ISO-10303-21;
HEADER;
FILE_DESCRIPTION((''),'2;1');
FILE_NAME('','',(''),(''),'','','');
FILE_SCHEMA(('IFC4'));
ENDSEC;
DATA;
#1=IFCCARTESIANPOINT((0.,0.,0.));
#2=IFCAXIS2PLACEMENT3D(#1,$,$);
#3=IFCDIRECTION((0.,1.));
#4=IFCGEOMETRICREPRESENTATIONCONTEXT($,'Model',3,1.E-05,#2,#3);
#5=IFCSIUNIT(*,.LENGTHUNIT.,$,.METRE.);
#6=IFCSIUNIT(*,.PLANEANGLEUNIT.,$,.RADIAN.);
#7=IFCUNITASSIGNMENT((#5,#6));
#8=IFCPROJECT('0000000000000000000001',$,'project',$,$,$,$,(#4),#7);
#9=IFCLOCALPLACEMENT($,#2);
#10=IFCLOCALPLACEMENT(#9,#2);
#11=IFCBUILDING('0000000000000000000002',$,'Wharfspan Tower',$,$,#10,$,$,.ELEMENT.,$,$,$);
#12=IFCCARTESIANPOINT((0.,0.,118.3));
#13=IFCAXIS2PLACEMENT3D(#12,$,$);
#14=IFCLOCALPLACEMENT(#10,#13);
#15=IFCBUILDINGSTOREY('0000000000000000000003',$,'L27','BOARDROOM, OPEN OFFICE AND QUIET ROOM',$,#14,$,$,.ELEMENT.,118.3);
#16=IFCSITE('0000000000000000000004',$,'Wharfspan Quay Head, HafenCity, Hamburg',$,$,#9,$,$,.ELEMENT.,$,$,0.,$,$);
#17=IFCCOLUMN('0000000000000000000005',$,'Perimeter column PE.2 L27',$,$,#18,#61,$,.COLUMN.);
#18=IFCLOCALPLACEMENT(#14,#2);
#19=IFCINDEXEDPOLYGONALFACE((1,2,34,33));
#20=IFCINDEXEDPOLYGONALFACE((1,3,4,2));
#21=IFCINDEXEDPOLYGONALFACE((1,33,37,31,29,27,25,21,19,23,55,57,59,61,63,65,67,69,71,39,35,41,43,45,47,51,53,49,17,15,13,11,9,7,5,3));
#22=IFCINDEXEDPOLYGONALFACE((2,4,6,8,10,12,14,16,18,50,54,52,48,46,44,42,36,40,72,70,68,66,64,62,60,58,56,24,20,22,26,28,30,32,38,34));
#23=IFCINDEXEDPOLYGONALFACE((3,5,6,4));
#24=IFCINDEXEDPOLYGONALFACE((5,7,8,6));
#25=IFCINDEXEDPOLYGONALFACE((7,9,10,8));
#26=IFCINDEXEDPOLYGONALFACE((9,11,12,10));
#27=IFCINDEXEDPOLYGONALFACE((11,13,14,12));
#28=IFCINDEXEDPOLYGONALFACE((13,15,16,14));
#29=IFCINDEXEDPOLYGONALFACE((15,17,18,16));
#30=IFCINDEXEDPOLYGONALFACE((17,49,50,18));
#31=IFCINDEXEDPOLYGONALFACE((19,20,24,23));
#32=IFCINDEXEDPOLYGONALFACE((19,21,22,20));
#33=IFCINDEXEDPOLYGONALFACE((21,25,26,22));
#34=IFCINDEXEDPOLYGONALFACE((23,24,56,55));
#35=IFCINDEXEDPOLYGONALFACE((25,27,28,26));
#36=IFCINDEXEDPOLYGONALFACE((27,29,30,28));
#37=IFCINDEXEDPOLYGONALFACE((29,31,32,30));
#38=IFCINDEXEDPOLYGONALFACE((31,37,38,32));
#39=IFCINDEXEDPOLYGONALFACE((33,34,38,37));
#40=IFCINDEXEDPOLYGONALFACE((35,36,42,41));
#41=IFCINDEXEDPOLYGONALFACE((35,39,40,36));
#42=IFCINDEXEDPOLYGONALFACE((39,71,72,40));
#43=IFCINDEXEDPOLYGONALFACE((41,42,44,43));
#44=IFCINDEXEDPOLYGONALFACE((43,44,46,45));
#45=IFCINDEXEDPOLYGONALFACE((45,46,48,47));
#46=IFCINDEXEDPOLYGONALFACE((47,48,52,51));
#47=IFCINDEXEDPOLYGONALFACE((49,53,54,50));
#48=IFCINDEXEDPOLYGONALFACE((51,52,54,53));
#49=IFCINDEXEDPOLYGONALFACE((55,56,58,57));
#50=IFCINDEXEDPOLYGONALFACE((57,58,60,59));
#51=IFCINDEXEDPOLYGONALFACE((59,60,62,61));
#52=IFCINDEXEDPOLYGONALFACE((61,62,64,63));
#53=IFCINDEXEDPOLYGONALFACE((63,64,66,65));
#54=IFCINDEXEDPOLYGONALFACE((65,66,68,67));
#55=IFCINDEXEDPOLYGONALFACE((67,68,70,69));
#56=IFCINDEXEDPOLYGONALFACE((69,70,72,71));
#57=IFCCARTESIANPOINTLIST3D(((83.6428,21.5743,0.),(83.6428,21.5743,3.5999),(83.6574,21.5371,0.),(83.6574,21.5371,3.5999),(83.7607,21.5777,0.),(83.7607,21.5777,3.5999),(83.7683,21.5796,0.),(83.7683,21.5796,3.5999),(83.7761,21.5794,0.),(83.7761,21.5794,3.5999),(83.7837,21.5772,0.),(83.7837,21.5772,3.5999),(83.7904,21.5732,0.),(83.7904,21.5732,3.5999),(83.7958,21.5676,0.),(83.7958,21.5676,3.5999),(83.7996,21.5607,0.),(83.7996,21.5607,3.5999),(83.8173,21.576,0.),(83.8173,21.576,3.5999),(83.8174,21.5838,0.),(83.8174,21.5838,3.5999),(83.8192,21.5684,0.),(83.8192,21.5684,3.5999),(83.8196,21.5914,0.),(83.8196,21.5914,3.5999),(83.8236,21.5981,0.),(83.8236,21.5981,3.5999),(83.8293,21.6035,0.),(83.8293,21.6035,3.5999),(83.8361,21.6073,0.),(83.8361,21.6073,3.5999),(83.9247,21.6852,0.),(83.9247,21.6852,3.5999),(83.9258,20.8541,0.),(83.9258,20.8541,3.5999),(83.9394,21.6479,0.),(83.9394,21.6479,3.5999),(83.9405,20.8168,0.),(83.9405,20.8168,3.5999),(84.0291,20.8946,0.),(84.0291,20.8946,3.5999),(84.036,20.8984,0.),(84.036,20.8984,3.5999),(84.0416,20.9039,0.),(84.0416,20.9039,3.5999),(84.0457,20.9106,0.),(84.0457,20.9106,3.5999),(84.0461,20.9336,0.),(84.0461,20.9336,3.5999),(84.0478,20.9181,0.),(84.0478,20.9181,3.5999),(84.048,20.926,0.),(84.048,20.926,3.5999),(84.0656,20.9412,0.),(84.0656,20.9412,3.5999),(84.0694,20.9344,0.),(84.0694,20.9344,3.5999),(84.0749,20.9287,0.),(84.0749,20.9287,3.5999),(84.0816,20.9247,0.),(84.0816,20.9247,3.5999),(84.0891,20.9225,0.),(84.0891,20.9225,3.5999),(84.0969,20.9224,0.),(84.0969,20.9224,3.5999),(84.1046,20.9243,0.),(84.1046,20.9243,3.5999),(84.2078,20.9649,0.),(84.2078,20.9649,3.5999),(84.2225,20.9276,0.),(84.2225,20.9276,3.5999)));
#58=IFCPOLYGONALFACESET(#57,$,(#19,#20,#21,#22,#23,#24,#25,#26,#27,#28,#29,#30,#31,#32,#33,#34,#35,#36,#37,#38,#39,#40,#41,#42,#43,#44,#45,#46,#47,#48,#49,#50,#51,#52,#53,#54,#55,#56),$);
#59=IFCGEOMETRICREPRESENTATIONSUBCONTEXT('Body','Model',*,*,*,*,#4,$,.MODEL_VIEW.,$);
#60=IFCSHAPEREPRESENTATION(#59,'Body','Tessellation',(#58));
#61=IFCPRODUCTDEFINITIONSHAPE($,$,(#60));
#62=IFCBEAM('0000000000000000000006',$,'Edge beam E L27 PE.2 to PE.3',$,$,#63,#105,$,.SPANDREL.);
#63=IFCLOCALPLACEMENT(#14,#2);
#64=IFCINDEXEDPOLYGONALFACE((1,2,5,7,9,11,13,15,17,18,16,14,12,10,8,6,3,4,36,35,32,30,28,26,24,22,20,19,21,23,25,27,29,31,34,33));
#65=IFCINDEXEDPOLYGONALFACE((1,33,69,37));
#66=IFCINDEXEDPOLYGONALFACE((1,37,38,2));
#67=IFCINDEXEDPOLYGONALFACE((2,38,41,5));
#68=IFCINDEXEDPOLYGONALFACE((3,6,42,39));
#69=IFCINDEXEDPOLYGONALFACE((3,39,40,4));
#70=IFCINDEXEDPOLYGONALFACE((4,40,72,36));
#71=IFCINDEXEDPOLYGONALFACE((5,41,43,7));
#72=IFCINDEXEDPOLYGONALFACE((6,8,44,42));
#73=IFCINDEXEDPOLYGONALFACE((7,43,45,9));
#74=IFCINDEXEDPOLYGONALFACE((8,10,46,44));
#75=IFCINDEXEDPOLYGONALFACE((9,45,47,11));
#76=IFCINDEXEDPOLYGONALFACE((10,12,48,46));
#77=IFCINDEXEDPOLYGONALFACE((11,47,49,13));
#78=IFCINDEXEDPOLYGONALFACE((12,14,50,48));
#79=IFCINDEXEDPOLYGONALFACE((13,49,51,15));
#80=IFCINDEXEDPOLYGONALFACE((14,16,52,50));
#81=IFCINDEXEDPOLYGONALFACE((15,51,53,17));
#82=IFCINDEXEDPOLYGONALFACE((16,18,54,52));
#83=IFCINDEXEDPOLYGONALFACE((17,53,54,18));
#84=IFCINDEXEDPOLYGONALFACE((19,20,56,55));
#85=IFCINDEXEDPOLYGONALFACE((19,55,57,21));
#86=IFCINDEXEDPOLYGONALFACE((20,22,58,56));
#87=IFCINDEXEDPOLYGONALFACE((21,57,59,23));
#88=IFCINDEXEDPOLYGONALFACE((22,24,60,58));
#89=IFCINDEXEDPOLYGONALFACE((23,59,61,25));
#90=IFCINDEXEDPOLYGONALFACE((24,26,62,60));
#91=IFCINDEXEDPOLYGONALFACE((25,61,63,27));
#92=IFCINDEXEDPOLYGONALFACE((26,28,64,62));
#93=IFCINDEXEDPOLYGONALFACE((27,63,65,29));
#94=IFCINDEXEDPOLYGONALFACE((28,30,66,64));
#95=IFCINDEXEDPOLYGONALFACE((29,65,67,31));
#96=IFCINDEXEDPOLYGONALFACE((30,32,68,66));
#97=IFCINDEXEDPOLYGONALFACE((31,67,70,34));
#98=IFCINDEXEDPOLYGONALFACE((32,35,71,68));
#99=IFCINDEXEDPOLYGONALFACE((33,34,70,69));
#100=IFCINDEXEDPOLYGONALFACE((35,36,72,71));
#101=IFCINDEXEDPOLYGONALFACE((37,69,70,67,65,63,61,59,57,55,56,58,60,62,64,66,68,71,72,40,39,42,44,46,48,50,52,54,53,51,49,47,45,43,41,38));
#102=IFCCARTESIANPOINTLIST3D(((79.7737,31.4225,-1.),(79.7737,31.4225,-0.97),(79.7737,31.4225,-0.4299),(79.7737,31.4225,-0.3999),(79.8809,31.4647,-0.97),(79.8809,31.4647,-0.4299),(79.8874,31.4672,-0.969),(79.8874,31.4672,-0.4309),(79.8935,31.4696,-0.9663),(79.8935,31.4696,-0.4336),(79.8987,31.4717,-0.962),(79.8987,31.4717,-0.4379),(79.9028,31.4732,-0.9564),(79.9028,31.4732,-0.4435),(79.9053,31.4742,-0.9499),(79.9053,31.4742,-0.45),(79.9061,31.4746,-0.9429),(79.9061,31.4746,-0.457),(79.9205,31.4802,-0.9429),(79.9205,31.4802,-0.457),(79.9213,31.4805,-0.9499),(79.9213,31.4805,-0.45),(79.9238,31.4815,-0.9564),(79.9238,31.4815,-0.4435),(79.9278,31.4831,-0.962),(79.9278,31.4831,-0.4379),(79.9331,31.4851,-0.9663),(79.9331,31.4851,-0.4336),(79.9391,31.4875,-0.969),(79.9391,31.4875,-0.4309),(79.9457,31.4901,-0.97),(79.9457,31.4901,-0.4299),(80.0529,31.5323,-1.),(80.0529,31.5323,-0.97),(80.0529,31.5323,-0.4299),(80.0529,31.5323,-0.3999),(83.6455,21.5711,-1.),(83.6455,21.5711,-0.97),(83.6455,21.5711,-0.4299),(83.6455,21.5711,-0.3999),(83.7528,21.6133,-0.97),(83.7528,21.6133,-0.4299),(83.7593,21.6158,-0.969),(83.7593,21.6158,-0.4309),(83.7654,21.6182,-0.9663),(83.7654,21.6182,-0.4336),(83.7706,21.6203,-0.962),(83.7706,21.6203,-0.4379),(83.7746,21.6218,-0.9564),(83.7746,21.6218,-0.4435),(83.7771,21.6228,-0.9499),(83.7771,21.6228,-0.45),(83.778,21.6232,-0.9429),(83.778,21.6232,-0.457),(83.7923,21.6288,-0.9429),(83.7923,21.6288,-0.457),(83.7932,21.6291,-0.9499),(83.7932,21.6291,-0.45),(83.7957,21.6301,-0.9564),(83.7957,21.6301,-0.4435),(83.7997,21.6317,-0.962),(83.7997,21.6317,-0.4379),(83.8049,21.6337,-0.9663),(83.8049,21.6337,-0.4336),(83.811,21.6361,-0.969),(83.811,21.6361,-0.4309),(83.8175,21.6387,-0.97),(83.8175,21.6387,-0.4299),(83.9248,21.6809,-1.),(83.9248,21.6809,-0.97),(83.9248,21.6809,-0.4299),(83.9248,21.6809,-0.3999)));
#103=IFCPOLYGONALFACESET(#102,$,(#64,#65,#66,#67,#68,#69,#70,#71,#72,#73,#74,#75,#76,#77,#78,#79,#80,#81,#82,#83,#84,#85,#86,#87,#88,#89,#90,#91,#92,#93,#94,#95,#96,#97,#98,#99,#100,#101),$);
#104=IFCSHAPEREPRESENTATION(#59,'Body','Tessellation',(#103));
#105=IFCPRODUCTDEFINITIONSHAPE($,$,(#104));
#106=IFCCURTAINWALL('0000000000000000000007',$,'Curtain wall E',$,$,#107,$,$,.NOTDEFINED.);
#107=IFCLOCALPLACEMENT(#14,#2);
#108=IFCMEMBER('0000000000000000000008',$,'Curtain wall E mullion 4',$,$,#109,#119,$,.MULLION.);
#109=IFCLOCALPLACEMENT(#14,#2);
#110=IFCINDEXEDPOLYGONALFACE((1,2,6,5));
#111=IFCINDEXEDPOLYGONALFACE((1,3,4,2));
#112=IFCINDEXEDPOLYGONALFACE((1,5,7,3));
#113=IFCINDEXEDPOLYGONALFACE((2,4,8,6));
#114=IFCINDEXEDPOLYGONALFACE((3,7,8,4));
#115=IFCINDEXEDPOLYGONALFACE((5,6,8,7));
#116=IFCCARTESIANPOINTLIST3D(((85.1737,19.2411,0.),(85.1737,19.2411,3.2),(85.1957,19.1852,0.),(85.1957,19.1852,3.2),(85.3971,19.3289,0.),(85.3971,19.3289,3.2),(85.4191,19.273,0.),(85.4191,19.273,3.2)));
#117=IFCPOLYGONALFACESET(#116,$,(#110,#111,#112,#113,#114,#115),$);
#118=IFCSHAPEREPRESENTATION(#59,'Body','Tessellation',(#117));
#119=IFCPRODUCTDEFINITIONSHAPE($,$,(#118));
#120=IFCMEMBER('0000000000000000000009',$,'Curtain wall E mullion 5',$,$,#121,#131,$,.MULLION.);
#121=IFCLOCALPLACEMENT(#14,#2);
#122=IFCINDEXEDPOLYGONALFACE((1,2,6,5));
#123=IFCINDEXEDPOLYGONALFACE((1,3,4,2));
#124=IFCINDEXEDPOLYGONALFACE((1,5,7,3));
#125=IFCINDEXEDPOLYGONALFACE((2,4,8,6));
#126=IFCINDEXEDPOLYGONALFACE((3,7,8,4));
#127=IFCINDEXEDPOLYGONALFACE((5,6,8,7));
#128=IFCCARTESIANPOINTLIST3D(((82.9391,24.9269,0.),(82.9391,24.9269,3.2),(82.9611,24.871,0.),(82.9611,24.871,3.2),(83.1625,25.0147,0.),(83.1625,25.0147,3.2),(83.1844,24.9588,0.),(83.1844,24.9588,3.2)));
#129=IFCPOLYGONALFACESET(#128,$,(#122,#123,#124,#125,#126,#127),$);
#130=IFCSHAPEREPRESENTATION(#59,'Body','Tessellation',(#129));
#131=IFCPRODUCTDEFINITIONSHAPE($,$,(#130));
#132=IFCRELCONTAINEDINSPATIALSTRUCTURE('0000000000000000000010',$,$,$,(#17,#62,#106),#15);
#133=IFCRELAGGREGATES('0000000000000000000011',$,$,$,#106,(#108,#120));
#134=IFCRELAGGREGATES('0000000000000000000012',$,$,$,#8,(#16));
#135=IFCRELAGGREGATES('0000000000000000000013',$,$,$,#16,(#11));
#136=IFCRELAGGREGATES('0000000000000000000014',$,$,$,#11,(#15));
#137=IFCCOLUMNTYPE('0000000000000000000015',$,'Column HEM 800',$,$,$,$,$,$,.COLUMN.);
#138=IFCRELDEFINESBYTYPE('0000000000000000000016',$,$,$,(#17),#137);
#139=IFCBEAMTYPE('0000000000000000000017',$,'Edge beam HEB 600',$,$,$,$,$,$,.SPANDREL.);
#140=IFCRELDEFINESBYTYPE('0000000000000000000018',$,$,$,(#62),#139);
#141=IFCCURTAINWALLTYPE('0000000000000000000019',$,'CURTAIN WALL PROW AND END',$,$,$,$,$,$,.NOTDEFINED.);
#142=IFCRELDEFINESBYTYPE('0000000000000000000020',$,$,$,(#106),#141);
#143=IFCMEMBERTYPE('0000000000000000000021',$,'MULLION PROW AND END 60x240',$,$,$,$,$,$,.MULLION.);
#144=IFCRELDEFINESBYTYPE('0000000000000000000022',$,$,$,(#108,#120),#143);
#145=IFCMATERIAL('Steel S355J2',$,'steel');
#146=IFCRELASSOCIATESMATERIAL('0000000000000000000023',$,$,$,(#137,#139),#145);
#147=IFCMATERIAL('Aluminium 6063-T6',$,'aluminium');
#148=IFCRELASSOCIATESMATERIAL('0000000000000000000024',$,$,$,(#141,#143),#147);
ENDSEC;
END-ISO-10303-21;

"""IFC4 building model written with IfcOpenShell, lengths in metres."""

from ifc_helpers import new_model, si_unit, direction, frame, origin, origin_2d, place, context, subcontext, project, spatial, rectangle, i_section, extrude, material, material_profile, profile_set, type_object, element, aggregate, save


model = new_model("IFC4")

# Units and contexts
model_context = context("Model", 3, precision=1e-05, world=origin(), true_north=direction((0.0, 1.0)))
body_context = subcontext(model_context, "Body", "Model", "MODEL_VIEW")
ifc_project = project(units=[si_unit("LENGTHUNIT", "METRE"), si_unit("PLANEANGLEUNIT", "RADIAN")], contexts=[model_context])

# Site, building, storey
site_placement = place(None, origin())
site = spatial("IfcSite", under=ifc_project, at=site_placement, Name="Wharfspan Quay Head, HafenCity, Hamburg", CompositionType="ELEMENT", RefElevation=0.0)
building_placement = place(site_placement, origin())
building = spatial("IfcBuilding", under=site, at=building_placement, Name="Wharfspan Tower", CompositionType="ELEMENT")
storey_placement = place(building_placement, frame((0.0, 0.0, 118.3)))
storey = spatial("IfcBuildingStorey", under=building, at=storey_placement, Name="L27", Description="BOARDROOM, OPEN OFFICE AND QUIET ROOM", CompositionType="ELEMENT", Elevation=118.3)

# Column
ifc_material_1 = material(Name="Steel S355J2", Category="steel")
ifc_material_profile_1 = material_profile(ifc_material_1, i_section(OverallWidth=0.303, OverallDepth=0.814, WebThickness=0.021, FlangeThickness=0.04, FilletRadius=0.03, at=origin_2d()))
ifc_profile_set_1 = profile_set([ifc_material_profile_1], Name="Steel S355J2")
column_type = type_object("IfcColumnType", Name="Column HEM 800", PredefinedType="COLUMN", material=ifc_profile_set_1)
column_placement = place(storey_placement, frame((83.9326, 21.251, 0.0), z_axis=(0.0, 0.0, 1.0), x_axis=(0.930702, 0.365778, 0.0)))
element("IfcColumn", 1, at=column_placement, inside=storey, type_object=column_type, Name="Perimeter column PE.2 L27", PredefinedType="COLUMN", context=body_context, shape_type="SweptSolid", body=[
    extrude(i_section(OverallWidth=0.303, OverallDepth=0.814, WebThickness=0.021, FlangeThickness=0.04, FilletRadius=0.03, at=origin_2d()), origin(), (0.0, 0.0, 1.0), 3.5999),
])

# Beam
ifc_material_profile_2 = material_profile(ifc_material_1, i_section(OverallWidth=0.3, OverallDepth=0.6001, WebThickness=0.0154, FlangeThickness=0.03, FilletRadius=0.0271, at=origin_2d()))
ifc_profile_set_2 = profile_set([ifc_material_profile_2], Name="Steel S355J2")
beam_type = type_object("IfcBeamType", Name="Edge beam HEB 600", PredefinedType="SPANDREL", material=ifc_profile_set_2)
beam_placement = place(storey_placement, frame((83.7852, 21.626, -0.7), z_axis=(-0.365789, 0.930698, 0.0), x_axis=(-0.930698, -0.365789, 0.0)))
element("IfcBeam", 2, at=beam_placement, inside=storey, type_object=beam_type, Name="Edge beam E L27 PE.2 to PE.3", PredefinedType="SPANDREL", context=body_context, shape_type="SweptSolid", body=[
    extrude(i_section(OverallWidth=0.3, OverallDepth=0.6001, WebThickness=0.0154, FlangeThickness=0.03, FilletRadius=0.0271, at=origin_2d()), origin(), (0.0, 0.0, 1.0), 10.585),
])

# Curtain wall, members
ifc_material_2 = material(Name="Aluminium 6063-T6", Category="aluminium")
curtain_wall_type = type_object("IfcCurtainWallType", Name="CURTAIN WALL PROW AND END", PredefinedType="NOTDEFINED", material=ifc_material_2)
curtain_wall_placement = place(storey_placement, origin())
curtain_wall = element("IfcCurtainWall", 3, at=curtain_wall_placement, inside=storey, type_object=curtain_wall_type, Name="Curtain wall E", PredefinedType="NOTDEFINED")
ifc_material_profile_3 = material_profile(ifc_material_2, rectangle(XDim=0.24, YDim=0.0601, at=origin_2d()))
ifc_profile_set_3 = profile_set([ifc_material_profile_3], Name="Aluminium 6063-T6")
member_type_1 = type_object("IfcMemberType", Name="MULLION PROW AND END 60x240", PredefinedType="MULLION", material=ifc_profile_set_3)
member_1_placement = place(storey_placement, frame((85.2964, 19.2571, 0.0), z_axis=(0.0, 0.0, 1.0), x_axis=(-0.930702, -0.365778, 0.0)))
member_1 = element("IfcMember", 4, at=member_1_placement, type_object=member_type_1, Name="Curtain wall E mullion 4", PredefinedType="MULLION", context=body_context, shape_type="SweptSolid", body=[
    extrude(rectangle(XDim=0.24, YDim=0.0601, at=origin_2d()), origin(), (0.0, 0.0, 1.0), 3.2),
])
member_2_placement = place(storey_placement, frame((83.0618, 24.9429, 0.0), z_axis=(0.0, 0.0, 1.0), x_axis=(-0.930702, -0.365778, 0.0)))
member_2 = element("IfcMember", 5, at=member_2_placement, type_object=member_type_1, Name="Curtain wall E mullion 5", PredefinedType="MULLION", context=body_context, shape_type="SweptSolid", body=[
    extrude(rectangle(XDim=0.24, YDim=0.0601, at=origin_2d()), origin(), (0.0, 0.0, 1.0), 3.2),
])

aggregate(curtain_wall, [member_1, member_2])

save(model, "model.ifc")
